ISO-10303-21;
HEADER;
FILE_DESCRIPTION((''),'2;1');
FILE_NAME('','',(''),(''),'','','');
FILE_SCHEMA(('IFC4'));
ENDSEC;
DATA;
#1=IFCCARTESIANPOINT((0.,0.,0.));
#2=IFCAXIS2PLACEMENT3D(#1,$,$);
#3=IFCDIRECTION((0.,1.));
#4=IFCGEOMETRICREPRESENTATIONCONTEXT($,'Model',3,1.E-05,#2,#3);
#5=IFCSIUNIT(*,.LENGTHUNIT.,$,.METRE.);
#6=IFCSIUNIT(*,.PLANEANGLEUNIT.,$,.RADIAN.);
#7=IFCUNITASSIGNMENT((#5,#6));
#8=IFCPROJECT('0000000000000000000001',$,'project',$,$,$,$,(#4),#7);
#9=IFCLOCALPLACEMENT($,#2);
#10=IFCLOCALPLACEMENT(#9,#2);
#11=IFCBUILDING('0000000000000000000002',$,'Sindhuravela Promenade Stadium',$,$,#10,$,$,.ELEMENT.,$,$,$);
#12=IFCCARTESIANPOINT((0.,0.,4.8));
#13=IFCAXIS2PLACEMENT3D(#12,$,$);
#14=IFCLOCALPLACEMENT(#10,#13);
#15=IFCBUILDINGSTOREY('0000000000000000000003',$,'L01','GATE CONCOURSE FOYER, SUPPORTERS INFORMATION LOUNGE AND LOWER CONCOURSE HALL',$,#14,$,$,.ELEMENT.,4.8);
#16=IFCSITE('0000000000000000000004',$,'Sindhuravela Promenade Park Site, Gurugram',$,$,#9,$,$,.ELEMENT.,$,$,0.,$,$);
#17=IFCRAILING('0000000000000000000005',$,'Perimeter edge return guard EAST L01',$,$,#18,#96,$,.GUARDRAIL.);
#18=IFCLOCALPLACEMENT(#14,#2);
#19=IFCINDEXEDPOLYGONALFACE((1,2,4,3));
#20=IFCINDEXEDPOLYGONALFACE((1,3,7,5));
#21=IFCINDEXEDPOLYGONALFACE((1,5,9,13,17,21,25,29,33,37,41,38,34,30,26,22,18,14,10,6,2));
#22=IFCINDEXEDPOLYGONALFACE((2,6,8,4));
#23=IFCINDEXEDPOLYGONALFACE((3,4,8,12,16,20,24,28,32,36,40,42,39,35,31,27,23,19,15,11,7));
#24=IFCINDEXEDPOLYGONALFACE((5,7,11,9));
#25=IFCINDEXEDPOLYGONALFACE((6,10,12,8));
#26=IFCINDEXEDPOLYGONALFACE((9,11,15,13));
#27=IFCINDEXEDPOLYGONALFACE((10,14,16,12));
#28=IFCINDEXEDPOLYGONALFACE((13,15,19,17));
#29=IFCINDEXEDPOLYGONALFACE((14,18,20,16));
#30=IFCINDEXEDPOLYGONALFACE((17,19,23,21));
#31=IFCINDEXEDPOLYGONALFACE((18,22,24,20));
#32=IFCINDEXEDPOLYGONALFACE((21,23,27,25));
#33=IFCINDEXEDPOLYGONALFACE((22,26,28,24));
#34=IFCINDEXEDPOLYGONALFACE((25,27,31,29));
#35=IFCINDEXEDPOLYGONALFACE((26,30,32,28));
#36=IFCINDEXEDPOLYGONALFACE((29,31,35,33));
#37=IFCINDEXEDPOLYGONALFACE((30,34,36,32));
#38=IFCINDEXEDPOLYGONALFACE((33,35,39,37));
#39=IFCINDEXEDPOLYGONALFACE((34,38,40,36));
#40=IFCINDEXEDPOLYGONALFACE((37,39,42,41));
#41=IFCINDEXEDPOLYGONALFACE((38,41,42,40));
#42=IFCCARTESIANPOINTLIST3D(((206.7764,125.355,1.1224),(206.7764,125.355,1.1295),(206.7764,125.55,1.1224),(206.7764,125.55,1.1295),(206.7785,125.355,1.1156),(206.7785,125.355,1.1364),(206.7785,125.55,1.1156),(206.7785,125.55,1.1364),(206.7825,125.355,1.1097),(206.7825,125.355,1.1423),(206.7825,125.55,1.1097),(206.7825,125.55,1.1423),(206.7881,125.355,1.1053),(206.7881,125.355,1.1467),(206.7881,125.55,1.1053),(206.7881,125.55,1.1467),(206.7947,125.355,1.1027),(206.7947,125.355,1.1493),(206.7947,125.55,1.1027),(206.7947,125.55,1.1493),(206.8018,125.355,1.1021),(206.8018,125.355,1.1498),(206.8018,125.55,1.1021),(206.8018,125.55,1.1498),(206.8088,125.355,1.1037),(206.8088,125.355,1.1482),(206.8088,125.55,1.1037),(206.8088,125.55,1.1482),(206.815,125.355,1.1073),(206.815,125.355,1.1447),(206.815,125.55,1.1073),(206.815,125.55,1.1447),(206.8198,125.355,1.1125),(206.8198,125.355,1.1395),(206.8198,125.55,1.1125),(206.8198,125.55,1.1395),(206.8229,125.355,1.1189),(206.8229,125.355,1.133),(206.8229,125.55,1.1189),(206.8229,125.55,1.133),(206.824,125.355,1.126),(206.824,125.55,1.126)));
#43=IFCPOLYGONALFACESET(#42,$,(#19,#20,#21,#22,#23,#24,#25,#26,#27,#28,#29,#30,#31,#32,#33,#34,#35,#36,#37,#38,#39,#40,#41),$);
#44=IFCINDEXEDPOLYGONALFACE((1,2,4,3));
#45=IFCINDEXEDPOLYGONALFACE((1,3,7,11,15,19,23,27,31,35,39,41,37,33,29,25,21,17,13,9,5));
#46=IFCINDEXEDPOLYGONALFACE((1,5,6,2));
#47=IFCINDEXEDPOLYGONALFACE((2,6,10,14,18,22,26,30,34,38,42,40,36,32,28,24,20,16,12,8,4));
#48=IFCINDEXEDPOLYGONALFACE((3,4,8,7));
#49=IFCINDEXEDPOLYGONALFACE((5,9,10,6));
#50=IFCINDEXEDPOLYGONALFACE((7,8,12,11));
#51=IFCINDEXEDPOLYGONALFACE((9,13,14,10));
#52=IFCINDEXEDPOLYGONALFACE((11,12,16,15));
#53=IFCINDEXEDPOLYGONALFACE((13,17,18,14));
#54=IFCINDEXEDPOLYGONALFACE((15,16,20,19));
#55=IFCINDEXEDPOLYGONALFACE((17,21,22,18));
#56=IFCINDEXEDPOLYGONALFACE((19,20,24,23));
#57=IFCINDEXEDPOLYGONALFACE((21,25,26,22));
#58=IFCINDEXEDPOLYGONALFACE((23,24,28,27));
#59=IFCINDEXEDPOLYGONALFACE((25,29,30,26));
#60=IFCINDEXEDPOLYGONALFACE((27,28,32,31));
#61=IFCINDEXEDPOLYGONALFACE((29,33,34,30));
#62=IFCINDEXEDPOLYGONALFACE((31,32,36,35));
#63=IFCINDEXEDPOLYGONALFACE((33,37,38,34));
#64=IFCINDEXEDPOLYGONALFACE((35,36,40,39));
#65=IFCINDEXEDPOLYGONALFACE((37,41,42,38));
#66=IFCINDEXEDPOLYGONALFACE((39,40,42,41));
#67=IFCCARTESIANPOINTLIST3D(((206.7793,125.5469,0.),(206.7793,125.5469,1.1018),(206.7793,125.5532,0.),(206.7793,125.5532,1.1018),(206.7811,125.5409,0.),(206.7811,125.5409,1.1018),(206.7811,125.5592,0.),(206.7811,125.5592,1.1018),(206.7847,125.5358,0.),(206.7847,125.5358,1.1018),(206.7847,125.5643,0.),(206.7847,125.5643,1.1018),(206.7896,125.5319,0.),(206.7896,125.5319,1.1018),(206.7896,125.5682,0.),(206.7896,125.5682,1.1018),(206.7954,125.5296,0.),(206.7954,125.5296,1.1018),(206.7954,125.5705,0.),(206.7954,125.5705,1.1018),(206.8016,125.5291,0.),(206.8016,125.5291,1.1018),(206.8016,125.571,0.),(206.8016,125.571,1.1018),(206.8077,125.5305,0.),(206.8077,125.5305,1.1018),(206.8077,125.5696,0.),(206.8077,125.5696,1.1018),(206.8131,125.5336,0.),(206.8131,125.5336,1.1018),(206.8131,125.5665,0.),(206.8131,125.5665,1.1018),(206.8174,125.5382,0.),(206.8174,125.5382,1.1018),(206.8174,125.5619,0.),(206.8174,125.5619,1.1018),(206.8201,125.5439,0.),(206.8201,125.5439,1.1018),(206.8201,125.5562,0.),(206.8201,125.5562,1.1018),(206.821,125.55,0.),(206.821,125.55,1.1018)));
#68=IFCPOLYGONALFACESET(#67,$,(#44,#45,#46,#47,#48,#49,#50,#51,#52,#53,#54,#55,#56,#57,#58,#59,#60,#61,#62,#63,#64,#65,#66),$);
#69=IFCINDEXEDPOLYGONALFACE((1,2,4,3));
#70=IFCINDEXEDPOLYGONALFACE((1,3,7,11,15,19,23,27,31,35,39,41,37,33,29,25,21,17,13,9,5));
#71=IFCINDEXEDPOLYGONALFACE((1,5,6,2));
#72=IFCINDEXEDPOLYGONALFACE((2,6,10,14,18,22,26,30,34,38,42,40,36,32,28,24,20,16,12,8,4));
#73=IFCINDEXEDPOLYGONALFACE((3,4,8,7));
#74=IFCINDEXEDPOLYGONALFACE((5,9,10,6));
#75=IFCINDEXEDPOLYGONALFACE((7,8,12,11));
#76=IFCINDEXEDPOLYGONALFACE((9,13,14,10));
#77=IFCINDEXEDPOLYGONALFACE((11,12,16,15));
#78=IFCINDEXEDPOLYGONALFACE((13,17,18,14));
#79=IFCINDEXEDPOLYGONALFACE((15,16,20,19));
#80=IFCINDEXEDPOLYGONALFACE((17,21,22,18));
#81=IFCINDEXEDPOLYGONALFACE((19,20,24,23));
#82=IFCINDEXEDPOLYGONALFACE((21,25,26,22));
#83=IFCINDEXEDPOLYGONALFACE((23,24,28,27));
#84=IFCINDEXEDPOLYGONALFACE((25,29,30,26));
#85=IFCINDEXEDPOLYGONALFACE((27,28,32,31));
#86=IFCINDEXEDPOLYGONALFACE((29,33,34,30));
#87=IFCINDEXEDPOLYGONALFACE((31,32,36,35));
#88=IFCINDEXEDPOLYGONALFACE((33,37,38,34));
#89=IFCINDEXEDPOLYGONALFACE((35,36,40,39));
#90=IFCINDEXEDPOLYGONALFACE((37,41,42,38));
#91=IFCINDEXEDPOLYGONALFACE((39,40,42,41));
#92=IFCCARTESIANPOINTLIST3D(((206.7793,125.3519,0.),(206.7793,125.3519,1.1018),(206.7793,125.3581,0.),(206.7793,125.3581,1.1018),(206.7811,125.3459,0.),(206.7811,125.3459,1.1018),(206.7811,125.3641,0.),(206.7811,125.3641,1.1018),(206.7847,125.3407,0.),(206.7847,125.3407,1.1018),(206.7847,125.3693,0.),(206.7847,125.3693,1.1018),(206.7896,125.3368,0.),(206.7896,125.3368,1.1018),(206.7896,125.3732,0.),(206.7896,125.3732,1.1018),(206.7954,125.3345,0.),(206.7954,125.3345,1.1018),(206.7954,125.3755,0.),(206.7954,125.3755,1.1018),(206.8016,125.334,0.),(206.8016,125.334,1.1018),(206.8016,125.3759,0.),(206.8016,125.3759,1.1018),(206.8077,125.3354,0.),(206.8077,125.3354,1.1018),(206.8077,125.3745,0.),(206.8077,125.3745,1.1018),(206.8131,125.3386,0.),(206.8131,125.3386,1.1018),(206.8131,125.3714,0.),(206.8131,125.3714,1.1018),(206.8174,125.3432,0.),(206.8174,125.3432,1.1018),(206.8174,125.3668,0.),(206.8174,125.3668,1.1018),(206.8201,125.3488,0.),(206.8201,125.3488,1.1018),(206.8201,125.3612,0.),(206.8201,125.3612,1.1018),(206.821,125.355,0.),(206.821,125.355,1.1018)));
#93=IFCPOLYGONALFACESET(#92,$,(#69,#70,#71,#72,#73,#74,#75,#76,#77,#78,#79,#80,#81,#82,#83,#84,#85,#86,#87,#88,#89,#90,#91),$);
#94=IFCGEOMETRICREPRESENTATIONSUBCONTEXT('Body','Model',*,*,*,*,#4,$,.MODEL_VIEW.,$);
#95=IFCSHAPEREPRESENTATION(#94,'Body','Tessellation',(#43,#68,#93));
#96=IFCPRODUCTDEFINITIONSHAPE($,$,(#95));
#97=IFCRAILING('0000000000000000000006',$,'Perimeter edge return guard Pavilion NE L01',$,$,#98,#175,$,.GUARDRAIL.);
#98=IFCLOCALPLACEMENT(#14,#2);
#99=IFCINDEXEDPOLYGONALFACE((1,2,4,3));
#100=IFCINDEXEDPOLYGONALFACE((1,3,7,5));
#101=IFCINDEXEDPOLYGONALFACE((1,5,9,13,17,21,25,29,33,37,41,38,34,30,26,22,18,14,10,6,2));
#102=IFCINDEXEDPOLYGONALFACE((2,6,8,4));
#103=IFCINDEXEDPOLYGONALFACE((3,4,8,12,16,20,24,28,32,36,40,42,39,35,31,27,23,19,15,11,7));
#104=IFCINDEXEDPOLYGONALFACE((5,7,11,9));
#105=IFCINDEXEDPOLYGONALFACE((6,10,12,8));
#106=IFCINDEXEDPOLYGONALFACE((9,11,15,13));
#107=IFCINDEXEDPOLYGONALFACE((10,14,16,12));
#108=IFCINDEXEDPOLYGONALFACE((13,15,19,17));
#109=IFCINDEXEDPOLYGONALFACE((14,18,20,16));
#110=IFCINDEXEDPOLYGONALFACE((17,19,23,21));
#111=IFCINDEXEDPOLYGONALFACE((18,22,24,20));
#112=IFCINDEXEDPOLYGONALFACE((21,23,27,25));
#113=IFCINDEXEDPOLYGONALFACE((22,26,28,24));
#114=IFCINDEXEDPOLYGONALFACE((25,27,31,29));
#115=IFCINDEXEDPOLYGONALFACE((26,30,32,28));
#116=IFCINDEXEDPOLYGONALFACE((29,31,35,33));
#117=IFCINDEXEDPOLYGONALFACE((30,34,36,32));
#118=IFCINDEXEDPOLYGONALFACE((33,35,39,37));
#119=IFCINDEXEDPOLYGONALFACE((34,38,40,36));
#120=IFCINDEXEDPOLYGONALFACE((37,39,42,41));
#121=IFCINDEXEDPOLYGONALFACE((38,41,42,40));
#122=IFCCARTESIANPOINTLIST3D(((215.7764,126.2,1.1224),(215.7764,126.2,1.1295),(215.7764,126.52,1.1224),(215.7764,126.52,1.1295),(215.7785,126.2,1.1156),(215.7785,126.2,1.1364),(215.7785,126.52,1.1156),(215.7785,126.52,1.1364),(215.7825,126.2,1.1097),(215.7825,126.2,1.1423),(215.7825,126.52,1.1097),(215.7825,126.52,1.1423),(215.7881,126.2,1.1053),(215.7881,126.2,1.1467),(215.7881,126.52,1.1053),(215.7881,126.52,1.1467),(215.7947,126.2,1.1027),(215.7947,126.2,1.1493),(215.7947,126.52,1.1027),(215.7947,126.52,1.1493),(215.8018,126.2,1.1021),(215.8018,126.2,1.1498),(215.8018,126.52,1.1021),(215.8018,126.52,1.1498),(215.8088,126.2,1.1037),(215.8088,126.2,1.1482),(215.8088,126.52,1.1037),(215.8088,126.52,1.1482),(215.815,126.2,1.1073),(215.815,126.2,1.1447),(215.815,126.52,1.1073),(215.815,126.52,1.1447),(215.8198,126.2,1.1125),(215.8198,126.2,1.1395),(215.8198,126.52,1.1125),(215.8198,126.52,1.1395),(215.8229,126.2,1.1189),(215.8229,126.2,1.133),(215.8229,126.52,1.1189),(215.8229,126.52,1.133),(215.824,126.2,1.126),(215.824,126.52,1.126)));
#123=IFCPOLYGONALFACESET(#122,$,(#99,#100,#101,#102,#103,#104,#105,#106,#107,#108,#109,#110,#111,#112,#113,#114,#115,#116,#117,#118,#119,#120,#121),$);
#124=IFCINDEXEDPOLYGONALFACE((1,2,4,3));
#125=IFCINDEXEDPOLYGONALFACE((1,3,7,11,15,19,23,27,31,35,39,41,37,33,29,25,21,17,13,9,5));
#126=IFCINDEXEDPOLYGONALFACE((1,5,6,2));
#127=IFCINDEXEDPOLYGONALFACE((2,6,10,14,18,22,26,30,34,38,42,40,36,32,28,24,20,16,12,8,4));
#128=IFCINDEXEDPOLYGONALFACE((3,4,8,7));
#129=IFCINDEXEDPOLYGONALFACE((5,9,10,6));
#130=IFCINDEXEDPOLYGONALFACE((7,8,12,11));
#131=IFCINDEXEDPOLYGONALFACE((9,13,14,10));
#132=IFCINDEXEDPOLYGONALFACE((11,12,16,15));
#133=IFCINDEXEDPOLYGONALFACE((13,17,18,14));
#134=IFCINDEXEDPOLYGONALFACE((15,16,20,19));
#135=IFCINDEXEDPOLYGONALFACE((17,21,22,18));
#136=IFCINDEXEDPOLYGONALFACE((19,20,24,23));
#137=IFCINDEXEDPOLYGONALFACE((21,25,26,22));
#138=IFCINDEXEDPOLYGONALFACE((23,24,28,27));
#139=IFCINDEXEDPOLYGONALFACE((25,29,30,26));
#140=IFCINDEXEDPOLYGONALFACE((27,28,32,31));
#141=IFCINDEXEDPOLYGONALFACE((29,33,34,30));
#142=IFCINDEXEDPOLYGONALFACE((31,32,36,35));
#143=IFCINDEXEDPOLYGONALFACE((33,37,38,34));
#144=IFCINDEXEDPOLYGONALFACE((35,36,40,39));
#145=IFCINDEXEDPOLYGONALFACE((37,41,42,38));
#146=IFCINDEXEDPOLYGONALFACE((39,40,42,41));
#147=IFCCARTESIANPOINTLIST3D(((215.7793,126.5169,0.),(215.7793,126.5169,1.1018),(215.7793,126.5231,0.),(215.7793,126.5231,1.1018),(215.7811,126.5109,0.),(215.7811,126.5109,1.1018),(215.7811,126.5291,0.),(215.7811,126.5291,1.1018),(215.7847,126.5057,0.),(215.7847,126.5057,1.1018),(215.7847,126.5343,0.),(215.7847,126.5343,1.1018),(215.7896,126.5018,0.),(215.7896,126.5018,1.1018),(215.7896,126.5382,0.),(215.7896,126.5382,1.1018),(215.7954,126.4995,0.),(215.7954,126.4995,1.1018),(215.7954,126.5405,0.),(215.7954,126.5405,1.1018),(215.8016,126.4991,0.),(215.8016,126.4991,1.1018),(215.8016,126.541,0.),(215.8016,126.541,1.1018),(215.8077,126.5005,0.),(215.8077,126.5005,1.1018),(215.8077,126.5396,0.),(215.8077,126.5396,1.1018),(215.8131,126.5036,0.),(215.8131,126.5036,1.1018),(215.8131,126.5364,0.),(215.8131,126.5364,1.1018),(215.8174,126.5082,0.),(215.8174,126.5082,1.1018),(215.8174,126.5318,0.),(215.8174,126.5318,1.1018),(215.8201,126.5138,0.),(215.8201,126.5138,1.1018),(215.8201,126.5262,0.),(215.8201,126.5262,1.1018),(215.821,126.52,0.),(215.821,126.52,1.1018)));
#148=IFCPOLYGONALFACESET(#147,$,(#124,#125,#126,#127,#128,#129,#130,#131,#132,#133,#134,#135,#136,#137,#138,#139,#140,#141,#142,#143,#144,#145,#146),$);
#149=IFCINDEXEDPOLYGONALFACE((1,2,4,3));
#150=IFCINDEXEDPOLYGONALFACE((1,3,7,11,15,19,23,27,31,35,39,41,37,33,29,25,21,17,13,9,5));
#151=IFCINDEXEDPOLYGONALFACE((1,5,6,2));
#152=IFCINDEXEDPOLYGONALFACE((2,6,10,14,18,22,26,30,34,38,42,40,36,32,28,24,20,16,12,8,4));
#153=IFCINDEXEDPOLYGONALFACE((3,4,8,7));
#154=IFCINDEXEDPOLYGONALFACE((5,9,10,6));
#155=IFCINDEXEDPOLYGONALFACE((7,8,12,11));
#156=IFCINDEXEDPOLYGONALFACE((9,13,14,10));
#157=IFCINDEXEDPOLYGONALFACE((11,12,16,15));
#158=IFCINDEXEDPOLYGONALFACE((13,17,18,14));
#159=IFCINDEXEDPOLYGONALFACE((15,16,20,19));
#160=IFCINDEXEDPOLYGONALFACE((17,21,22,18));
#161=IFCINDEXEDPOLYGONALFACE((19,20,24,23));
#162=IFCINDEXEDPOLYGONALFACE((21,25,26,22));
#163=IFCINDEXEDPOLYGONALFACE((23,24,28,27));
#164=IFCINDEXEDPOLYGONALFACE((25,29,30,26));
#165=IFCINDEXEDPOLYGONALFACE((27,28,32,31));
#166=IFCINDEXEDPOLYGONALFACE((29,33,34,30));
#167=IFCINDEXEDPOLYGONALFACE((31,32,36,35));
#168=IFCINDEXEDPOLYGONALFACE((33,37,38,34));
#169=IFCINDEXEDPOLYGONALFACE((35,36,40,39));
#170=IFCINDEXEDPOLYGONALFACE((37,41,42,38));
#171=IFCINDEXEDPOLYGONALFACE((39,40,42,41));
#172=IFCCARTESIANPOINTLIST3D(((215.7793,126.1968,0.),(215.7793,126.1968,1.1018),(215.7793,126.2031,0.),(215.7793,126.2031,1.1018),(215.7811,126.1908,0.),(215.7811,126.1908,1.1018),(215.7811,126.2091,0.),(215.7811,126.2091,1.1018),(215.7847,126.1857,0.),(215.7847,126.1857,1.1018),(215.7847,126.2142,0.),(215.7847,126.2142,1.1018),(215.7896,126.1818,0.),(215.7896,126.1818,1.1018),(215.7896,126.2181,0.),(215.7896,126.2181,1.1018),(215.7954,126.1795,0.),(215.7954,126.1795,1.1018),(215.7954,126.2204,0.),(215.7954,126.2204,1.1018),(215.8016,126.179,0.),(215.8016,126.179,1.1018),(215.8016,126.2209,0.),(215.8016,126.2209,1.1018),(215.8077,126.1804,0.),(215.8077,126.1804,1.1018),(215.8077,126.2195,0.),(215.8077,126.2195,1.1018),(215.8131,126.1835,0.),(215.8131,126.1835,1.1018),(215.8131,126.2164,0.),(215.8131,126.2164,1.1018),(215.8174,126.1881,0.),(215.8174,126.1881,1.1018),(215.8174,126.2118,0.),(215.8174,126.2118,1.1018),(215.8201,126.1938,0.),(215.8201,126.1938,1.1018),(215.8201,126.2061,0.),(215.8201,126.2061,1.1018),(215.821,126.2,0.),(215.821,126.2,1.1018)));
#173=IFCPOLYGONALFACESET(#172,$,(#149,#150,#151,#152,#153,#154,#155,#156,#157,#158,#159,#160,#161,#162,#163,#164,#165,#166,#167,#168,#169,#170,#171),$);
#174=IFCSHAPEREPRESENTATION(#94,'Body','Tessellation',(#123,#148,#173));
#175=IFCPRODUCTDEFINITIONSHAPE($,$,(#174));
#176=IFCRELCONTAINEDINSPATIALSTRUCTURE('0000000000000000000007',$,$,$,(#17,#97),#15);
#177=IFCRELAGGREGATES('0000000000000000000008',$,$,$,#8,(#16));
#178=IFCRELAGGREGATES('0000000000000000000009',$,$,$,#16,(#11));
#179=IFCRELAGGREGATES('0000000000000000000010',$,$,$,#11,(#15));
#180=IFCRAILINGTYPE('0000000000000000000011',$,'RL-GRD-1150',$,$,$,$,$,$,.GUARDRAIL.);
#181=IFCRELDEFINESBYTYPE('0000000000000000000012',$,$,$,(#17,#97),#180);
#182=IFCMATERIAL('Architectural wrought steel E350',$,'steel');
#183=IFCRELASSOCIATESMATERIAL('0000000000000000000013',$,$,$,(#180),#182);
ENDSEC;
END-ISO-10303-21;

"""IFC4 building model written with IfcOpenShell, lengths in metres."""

from ifc_helpers import new_model, si_unit, direction, frame, origin, origin_2d, place, context, subcontext, project, spatial, circle, extrude, material, type_object, element, save


model = new_model("IFC4")

# Units and contexts
model_context = context("Model", 3, precision=1e-05, world=origin(), true_north=direction((0.0, 1.0)))
body_context = subcontext(model_context, "Body", "Model", "MODEL_VIEW")
ifc_project = project(units=[si_unit("LENGTHUNIT", "METRE"), si_unit("PLANEANGLEUNIT", "RADIAN")], contexts=[model_context])

# Site, building, storey
site_placement = place(None, origin())
site = spatial("IfcSite", under=ifc_project, at=site_placement, Name="Sindhuravela Promenade Park Site, Gurugram", CompositionType="ELEMENT", RefElevation=0.0)
building_placement = place(site_placement, origin())
building = spatial("IfcBuilding", under=site, at=building_placement, Name="Sindhuravela Promenade Stadium", CompositionType="ELEMENT")
storey_placement = place(building_placement, frame((0.0, 0.0, 4.8)))
storey = spatial("IfcBuildingStorey", under=building, at=storey_placement, Name="L01", Description="GATE CONCOURSE FOYER, SUPPORTERS INFORMATION LOUNGE AND LOWER CONCOURSE HALL", CompositionType="ELEMENT", Elevation=4.8)

# Railings
ifc_material_1 = material(Name="Architectural wrought steel E350", Category="steel")
railing_type = type_object("IfcRailingType", Name="RL-GRD-1150", PredefinedType="GUARDRAIL", material=ifc_material_1)
railing_1_placement = place(storey_placement, frame((206.8, 125.55, 0.0)))
element("IfcRailing", 1, at=railing_1_placement, inside=storey, type_object=railing_type, Name="Perimeter edge return guard EAST L01", PredefinedType="GUARDRAIL", context=body_context, shape_type="SweptSolid", body=[
    extrude(circle(Radius=0.0239, at=origin_2d()), frame((0.0, 0.0, 1.126), z_axis=(0.0, -1.0, 0.0), x_axis=(1.0, 0.0, 0.0)), (0.0, 0.0, 1.0), 0.1951),
    extrude(circle(Radius=0.021, at=origin_2d()), origin(), (0.0, 0.0, 1.0), 1.1018),
    extrude(circle(Radius=0.021, at=origin_2d()), frame((0.0, -0.1951, 0.0)), (0.0, 0.0, 1.0), 1.1018),
])
railing_2_placement = place(storey_placement, frame((215.8, 126.52, 0.0)))
element("IfcRailing", 2, at=railing_2_placement, inside=storey, type_object=railing_type, Name="Perimeter edge return guard Pavilion NE L01", PredefinedType="GUARDRAIL", context=body_context, shape_type="SweptSolid", body=[
    extrude(circle(Radius=0.0239, at=origin_2d()), frame((0.0, 0.0, 1.126), z_axis=(0.0, -1.0, 0.0), x_axis=(1.0, 0.0, 0.0)), (0.0, 0.0, 1.0), 0.3201),
    extrude(circle(Radius=0.021, at=origin_2d()), origin(), (0.0, 0.0, 1.0), 1.1018),
    extrude(circle(Radius=0.021, at=origin_2d()), frame((0.0, -0.3201, 0.0)), (0.0, 0.0, 1.0), 1.1018),
])

save(model, "model.ifc")
